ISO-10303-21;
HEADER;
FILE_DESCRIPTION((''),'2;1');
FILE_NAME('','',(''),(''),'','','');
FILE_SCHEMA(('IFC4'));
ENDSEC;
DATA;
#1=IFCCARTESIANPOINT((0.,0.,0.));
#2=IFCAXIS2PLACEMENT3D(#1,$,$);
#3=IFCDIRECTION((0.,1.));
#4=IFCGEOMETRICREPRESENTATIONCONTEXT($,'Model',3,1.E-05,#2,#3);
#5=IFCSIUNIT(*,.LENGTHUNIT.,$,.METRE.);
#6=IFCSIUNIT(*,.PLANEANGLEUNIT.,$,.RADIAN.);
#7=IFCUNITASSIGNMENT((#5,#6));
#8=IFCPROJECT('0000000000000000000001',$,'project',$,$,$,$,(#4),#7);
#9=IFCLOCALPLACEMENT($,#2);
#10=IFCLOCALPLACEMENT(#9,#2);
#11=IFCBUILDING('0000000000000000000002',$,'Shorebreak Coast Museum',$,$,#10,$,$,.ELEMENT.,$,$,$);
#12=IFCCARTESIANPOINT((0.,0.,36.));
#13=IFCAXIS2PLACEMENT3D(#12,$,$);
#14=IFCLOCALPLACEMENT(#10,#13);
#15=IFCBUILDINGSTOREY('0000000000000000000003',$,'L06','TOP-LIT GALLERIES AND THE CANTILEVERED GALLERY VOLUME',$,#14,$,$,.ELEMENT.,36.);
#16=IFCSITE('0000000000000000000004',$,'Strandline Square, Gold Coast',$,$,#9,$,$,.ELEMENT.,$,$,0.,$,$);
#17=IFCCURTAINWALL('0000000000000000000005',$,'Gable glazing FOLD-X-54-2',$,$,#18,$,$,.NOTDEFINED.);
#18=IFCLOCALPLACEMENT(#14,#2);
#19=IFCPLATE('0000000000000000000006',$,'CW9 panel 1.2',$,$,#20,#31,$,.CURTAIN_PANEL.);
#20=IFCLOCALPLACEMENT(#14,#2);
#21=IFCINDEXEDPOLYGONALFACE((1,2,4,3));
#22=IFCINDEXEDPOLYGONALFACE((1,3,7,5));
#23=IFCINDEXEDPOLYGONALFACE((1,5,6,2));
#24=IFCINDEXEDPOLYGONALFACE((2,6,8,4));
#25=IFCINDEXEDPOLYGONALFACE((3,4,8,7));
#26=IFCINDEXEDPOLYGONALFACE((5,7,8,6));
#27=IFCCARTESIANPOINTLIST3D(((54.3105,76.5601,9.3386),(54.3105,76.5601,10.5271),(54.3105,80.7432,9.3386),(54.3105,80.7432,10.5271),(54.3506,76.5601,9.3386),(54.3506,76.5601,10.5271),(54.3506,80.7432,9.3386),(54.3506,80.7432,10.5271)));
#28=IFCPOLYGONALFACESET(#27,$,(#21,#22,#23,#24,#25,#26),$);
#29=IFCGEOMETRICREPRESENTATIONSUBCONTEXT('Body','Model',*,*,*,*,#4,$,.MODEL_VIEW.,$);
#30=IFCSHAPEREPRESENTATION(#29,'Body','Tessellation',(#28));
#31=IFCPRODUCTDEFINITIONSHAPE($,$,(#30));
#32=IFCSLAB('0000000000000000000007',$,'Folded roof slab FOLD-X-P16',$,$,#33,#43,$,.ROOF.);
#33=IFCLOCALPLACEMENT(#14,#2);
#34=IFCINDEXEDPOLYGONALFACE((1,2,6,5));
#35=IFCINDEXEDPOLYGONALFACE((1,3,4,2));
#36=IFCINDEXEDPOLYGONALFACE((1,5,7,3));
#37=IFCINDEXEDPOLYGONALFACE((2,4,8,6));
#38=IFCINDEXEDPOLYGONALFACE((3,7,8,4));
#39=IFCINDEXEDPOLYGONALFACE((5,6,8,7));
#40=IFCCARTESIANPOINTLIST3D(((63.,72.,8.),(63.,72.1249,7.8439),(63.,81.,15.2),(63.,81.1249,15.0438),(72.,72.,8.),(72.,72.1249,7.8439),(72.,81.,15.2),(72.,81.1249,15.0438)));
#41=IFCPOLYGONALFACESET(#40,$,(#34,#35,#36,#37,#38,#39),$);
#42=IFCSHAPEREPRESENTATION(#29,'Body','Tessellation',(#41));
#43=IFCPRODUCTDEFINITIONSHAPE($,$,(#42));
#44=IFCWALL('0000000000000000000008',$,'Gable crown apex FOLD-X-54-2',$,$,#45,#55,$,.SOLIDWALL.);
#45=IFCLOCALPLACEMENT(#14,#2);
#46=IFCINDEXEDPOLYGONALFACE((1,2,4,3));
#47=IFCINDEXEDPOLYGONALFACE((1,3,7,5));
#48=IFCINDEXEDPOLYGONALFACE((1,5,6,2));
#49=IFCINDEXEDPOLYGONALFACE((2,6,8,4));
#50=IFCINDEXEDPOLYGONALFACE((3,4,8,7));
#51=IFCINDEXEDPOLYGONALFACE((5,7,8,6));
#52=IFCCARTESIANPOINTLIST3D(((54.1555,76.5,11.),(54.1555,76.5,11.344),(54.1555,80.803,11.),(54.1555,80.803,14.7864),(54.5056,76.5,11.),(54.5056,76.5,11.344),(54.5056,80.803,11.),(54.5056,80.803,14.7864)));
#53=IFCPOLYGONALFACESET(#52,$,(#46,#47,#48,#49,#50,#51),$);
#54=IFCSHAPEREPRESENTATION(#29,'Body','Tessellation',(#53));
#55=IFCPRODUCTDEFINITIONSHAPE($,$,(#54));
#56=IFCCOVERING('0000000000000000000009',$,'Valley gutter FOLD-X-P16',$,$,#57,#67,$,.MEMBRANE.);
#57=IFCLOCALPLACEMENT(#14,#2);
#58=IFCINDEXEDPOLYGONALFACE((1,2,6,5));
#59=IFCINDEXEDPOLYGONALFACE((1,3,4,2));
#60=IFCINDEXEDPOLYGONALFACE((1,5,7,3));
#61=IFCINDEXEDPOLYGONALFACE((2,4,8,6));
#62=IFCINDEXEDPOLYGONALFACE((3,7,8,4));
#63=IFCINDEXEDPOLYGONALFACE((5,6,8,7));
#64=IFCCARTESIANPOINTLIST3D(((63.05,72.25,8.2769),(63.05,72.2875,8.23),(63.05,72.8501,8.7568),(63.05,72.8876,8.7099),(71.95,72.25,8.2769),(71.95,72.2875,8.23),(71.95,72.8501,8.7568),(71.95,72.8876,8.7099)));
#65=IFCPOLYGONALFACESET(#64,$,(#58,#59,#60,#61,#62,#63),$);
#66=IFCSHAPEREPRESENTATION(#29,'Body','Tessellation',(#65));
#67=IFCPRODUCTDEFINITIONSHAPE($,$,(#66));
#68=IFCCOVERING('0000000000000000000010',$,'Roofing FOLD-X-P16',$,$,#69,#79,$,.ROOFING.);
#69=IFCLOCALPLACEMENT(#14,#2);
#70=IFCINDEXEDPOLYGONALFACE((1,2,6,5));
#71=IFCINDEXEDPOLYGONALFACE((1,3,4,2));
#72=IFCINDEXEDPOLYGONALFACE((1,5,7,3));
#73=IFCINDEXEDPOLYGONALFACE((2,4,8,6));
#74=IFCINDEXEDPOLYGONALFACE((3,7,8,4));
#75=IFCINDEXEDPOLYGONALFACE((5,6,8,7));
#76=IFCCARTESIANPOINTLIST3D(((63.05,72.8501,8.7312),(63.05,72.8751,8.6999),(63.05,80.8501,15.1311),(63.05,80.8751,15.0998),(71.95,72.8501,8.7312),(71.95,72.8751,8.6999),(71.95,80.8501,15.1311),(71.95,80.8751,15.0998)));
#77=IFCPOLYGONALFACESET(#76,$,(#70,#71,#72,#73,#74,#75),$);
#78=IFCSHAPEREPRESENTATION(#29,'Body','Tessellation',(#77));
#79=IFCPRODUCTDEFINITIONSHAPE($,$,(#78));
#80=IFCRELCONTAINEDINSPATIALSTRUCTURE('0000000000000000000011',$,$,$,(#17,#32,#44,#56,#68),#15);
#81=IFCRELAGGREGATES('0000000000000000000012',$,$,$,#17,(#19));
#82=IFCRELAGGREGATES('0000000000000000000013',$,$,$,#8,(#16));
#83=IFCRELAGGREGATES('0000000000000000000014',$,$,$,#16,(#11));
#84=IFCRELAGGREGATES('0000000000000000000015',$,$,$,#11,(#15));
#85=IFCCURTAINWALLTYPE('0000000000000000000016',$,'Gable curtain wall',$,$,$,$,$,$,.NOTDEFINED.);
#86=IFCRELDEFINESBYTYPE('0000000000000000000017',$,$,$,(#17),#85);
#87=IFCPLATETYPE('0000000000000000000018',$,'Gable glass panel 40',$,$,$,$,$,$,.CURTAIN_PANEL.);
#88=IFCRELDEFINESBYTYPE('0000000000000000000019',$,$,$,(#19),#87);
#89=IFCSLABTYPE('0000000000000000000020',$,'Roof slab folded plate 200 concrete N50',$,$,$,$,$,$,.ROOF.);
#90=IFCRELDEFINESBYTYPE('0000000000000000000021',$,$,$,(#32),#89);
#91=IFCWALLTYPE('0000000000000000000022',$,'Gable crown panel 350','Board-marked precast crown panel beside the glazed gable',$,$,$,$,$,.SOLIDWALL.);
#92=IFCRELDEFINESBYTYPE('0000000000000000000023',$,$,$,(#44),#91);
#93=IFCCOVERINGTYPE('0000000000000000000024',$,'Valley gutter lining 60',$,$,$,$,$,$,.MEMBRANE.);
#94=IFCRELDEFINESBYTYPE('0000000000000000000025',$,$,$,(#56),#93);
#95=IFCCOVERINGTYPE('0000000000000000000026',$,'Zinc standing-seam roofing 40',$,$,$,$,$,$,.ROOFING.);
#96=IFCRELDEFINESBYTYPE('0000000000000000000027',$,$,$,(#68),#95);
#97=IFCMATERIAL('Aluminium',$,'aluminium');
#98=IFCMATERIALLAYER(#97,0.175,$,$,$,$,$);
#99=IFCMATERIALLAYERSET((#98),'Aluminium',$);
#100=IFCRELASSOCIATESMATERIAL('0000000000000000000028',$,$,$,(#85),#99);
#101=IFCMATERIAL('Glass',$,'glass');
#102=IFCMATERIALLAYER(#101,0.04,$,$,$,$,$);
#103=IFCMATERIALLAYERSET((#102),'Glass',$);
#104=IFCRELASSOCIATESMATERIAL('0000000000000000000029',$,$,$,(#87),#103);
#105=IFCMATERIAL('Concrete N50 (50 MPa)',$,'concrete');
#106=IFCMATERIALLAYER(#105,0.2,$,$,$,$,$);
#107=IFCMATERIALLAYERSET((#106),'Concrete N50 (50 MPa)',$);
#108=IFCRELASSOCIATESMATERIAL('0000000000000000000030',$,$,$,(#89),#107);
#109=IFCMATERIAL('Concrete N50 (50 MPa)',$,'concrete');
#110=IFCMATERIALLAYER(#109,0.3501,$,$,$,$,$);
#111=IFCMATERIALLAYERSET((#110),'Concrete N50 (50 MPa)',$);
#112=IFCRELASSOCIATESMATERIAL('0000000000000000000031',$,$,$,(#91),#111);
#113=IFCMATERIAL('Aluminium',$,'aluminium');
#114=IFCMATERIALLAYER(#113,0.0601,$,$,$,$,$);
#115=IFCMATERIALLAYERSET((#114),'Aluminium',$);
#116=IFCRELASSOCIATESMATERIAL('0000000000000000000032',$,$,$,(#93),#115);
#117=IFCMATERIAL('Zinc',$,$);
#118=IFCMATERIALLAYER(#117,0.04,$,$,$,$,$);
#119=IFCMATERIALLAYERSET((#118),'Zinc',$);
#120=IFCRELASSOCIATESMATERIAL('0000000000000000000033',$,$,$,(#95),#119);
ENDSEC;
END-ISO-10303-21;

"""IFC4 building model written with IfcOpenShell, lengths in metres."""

from ifc_helpers import new_model, si_unit, direction, frame, origin, origin_2d, place, context, subcontext, project, spatial, polyline, rectangle, outline, extrude, material, layer, layer_set, type_object, element, aggregate, save


model = new_model("IFC4")

# Units and contexts
model_context = context("Model", 3, precision=1e-05, world=origin(), true_north=direction((0.0, 1.0)))
body_context = subcontext(model_context, "Body", "Model", "MODEL_VIEW")
ifc_project = project(units=[si_unit("LENGTHUNIT", "METRE"), si_unit("PLANEANGLEUNIT", "RADIAN")], contexts=[model_context])

# Site, building, storey
site_placement = place(None, origin())
site = spatial("IfcSite", under=ifc_project, at=site_placement, Name="Strandline Square, Gold Coast", CompositionType="ELEMENT", RefElevation=0.0)
building_placement = place(site_placement, origin())
building = spatial("IfcBuilding", under=site, at=building_placement, Name="Shorebreak Coast Museum", CompositionType="ELEMENT")
storey_placement = place(building_placement, frame((0.0, 0.0, 36.0)))
storey = spatial("IfcBuildingStorey", under=building, at=storey_placement, Name="L06", Description="TOP-LIT GALLERIES AND THE CANTILEVERED GALLERY VOLUME", CompositionType="ELEMENT", Elevation=36.0)

# Curtain wall
ifc_material_1 = material(Name="Aluminium", Category="aluminium")
ifc_layer_1 = layer(ifc_material_1, 0.175)
ifc_layer_set_1 = layer_set([ifc_layer_1], Name="Aluminium")
curtain_wall_type_1 = type_object("IfcCurtainWallType", Name="Gable curtain wall", PredefinedType="NOTDEFINED", material=ifc_layer_set_1)
curtain_wall_1_placement = place(storey_placement, origin())
curtain_wall_1 = element("IfcCurtainWall", 1, at=curtain_wall_1_placement, inside=storey, type_object=curtain_wall_type_1, Name="Gable glazing FOLD-X-54-2", PredefinedType="NOTDEFINED")

# Plate
ifc_material_2 = material(Name="Glass", Category="glass")
ifc_layer_2 = layer(ifc_material_2, 0.04)
ifc_layer_set_2 = layer_set([ifc_layer_2], Name="Glass")
plate_type_1 = type_object("IfcPlateType", Name="Gable glass panel 40", PredefinedType="CURTAIN_PANEL", material=ifc_layer_set_2)
plate_1_placement = place(storey_placement, frame((54.3306, 78.6516, 9.3386), z_axis=(0.0, 0.0, 1.0), x_axis=(0.0, 1.0, 0.0)))
plate_1 = element("IfcPlate", 2, at=plate_1_placement, type_object=plate_type_1, Name="CW9 panel 1.2", PredefinedType="CURTAIN_PANEL", context=body_context, shape_type="SweptSolid", body=[
    extrude(rectangle(XDim=4.1831, YDim=0.04, at=origin_2d()), origin(), (0.0, 0.0, 1.0), 1.1885),
])
aggregate(curtain_wall_1, [plate_1])

# Slab
ifc_material_3 = material(Name="Concrete N50 (50 MPa)", Category="concrete")
ifc_layer_3 = layer(ifc_material_3, 0.2)
ifc_layer_set_3 = layer_set([ifc_layer_3], Name="Concrete N50 (50 MPa)")
slab_type = type_object("IfcSlabType", Name="Roof slab folded plate 200 concrete N50", PredefinedType="ROOF", material=ifc_layer_set_3)
slab_placement = place(storey_placement, frame((63.0, 72.0, 8.0), z_axis=(0.0, -0.624692, 0.780871), x_axis=(1.0, 0.0, 0.0)))
element("IfcSlab", 3, at=slab_placement, inside=storey, type_object=slab_type, Name="Folded roof slab FOLD-X-P16", PredefinedType="ROOF", context=body_context, shape_type="SweptSolid", body=[
    extrude(outline(polyline([(0.0, 0.0), (9.0, 0.0), (9.0, 11.5256), (0.0, 11.5256), (0.0, 0.0)])), origin(), (0.0, 0.0, -1.0), 0.2),
])

# Wall
ifc_material_4 = material(Name="Concrete N50 (50 MPa)", Category="concrete")
ifc_layer_4 = layer(ifc_material_4, 0.3501)
ifc_layer_set_4 = layer_set([ifc_layer_4], Name="Concrete N50 (50 MPa)")
wall_type = type_object("IfcWallType", Name="Gable crown panel 350", Description="Board-marked precast crown panel beside the glazed gable", PredefinedType="SOLIDWALL", material=ifc_layer_set_4)
wall_placement = place(storey_placement, frame((54.3306, 76.5, 11.0), z_axis=(0.0, 0.0, 1.0), x_axis=(0.0, 1.0, 0.0)))
element("IfcWall", 4, at=wall_placement, inside=storey, type_object=wall_type, Name="Gable crown apex FOLD-X-54-2", PredefinedType="SOLIDWALL", context=body_context, shape_type="SweptSolid", body=[
    extrude(outline(polyline([(0.0, 0.0), (4.303, 0.0), (4.303, 3.7864), (0.0, 0.344), (0.0, 0.0)])), frame((0.0, 0.175, 0.0), z_axis=(0.0, -1.0, 0.0), x_axis=(1.0, 0.0, 0.0)), (0.0, 0.0, 1.0), 0.3501),
])

# Coverings
ifc_material_5 = material(Name="Aluminium", Category="aluminium")
ifc_layer_5 = layer(ifc_material_5, 0.0601)
ifc_layer_set_5 = layer_set([ifc_layer_5], Name="Aluminium")
covering_type_1 = type_object("IfcCoveringType", Name="Valley gutter lining 60", PredefinedType="MEMBRANE", material=ifc_layer_set_5)
covering_1_placement = place(storey_placement, frame((63.05, 72.25, 8.2769), z_axis=(0.0, -0.624618, 0.780931), x_axis=(1.0, 0.0, 0.0)))
element("IfcCovering", 5, at=covering_1_placement, inside=storey, type_object=covering_type_1, Name="Valley gutter FOLD-X-P16", PredefinedType="MEMBRANE", context=body_context, shape_type="SweptSolid", body=[
    extrude(outline(polyline([(0.0, 0.0), (8.8999, 0.0), (8.8999, 0.7684), (0.0, 0.7684), (0.0, 0.0)])), origin(), (0.0, 0.0, -1.0), 0.0601),
])
ifc_material_6 = material(Name="Zinc")
ifc_layer_6 = layer(ifc_material_6, 0.04)
ifc_layer_set_6 = layer_set([ifc_layer_6], Name="Zinc")
covering_type_2 = type_object("IfcCoveringType", Name="Zinc standing-seam roofing 40", PredefinedType="ROOFING", material=ifc_layer_set_6)
covering_2_placement = place(storey_placement, frame((63.05, 72.8501, 8.7312), z_axis=(0.0, -0.624689, 0.780873), x_axis=(1.0, 0.0, 0.0)))
element("IfcCovering", 6, at=covering_2_placement, inside=storey, type_object=covering_type_2, Name="Roofing FOLD-X-P16", PredefinedType="ROOFING", context=body_context, shape_type="SweptSolid", body=[
    extrude(outline(polyline([(0.0, 0.0), (8.8999, 0.0), (8.8999, 10.2449), (0.0, 10.2449), (0.0, 0.0)])), origin(), (0.0, 0.0, -1.0), 0.04),
])

save(model, "model.ifc")
